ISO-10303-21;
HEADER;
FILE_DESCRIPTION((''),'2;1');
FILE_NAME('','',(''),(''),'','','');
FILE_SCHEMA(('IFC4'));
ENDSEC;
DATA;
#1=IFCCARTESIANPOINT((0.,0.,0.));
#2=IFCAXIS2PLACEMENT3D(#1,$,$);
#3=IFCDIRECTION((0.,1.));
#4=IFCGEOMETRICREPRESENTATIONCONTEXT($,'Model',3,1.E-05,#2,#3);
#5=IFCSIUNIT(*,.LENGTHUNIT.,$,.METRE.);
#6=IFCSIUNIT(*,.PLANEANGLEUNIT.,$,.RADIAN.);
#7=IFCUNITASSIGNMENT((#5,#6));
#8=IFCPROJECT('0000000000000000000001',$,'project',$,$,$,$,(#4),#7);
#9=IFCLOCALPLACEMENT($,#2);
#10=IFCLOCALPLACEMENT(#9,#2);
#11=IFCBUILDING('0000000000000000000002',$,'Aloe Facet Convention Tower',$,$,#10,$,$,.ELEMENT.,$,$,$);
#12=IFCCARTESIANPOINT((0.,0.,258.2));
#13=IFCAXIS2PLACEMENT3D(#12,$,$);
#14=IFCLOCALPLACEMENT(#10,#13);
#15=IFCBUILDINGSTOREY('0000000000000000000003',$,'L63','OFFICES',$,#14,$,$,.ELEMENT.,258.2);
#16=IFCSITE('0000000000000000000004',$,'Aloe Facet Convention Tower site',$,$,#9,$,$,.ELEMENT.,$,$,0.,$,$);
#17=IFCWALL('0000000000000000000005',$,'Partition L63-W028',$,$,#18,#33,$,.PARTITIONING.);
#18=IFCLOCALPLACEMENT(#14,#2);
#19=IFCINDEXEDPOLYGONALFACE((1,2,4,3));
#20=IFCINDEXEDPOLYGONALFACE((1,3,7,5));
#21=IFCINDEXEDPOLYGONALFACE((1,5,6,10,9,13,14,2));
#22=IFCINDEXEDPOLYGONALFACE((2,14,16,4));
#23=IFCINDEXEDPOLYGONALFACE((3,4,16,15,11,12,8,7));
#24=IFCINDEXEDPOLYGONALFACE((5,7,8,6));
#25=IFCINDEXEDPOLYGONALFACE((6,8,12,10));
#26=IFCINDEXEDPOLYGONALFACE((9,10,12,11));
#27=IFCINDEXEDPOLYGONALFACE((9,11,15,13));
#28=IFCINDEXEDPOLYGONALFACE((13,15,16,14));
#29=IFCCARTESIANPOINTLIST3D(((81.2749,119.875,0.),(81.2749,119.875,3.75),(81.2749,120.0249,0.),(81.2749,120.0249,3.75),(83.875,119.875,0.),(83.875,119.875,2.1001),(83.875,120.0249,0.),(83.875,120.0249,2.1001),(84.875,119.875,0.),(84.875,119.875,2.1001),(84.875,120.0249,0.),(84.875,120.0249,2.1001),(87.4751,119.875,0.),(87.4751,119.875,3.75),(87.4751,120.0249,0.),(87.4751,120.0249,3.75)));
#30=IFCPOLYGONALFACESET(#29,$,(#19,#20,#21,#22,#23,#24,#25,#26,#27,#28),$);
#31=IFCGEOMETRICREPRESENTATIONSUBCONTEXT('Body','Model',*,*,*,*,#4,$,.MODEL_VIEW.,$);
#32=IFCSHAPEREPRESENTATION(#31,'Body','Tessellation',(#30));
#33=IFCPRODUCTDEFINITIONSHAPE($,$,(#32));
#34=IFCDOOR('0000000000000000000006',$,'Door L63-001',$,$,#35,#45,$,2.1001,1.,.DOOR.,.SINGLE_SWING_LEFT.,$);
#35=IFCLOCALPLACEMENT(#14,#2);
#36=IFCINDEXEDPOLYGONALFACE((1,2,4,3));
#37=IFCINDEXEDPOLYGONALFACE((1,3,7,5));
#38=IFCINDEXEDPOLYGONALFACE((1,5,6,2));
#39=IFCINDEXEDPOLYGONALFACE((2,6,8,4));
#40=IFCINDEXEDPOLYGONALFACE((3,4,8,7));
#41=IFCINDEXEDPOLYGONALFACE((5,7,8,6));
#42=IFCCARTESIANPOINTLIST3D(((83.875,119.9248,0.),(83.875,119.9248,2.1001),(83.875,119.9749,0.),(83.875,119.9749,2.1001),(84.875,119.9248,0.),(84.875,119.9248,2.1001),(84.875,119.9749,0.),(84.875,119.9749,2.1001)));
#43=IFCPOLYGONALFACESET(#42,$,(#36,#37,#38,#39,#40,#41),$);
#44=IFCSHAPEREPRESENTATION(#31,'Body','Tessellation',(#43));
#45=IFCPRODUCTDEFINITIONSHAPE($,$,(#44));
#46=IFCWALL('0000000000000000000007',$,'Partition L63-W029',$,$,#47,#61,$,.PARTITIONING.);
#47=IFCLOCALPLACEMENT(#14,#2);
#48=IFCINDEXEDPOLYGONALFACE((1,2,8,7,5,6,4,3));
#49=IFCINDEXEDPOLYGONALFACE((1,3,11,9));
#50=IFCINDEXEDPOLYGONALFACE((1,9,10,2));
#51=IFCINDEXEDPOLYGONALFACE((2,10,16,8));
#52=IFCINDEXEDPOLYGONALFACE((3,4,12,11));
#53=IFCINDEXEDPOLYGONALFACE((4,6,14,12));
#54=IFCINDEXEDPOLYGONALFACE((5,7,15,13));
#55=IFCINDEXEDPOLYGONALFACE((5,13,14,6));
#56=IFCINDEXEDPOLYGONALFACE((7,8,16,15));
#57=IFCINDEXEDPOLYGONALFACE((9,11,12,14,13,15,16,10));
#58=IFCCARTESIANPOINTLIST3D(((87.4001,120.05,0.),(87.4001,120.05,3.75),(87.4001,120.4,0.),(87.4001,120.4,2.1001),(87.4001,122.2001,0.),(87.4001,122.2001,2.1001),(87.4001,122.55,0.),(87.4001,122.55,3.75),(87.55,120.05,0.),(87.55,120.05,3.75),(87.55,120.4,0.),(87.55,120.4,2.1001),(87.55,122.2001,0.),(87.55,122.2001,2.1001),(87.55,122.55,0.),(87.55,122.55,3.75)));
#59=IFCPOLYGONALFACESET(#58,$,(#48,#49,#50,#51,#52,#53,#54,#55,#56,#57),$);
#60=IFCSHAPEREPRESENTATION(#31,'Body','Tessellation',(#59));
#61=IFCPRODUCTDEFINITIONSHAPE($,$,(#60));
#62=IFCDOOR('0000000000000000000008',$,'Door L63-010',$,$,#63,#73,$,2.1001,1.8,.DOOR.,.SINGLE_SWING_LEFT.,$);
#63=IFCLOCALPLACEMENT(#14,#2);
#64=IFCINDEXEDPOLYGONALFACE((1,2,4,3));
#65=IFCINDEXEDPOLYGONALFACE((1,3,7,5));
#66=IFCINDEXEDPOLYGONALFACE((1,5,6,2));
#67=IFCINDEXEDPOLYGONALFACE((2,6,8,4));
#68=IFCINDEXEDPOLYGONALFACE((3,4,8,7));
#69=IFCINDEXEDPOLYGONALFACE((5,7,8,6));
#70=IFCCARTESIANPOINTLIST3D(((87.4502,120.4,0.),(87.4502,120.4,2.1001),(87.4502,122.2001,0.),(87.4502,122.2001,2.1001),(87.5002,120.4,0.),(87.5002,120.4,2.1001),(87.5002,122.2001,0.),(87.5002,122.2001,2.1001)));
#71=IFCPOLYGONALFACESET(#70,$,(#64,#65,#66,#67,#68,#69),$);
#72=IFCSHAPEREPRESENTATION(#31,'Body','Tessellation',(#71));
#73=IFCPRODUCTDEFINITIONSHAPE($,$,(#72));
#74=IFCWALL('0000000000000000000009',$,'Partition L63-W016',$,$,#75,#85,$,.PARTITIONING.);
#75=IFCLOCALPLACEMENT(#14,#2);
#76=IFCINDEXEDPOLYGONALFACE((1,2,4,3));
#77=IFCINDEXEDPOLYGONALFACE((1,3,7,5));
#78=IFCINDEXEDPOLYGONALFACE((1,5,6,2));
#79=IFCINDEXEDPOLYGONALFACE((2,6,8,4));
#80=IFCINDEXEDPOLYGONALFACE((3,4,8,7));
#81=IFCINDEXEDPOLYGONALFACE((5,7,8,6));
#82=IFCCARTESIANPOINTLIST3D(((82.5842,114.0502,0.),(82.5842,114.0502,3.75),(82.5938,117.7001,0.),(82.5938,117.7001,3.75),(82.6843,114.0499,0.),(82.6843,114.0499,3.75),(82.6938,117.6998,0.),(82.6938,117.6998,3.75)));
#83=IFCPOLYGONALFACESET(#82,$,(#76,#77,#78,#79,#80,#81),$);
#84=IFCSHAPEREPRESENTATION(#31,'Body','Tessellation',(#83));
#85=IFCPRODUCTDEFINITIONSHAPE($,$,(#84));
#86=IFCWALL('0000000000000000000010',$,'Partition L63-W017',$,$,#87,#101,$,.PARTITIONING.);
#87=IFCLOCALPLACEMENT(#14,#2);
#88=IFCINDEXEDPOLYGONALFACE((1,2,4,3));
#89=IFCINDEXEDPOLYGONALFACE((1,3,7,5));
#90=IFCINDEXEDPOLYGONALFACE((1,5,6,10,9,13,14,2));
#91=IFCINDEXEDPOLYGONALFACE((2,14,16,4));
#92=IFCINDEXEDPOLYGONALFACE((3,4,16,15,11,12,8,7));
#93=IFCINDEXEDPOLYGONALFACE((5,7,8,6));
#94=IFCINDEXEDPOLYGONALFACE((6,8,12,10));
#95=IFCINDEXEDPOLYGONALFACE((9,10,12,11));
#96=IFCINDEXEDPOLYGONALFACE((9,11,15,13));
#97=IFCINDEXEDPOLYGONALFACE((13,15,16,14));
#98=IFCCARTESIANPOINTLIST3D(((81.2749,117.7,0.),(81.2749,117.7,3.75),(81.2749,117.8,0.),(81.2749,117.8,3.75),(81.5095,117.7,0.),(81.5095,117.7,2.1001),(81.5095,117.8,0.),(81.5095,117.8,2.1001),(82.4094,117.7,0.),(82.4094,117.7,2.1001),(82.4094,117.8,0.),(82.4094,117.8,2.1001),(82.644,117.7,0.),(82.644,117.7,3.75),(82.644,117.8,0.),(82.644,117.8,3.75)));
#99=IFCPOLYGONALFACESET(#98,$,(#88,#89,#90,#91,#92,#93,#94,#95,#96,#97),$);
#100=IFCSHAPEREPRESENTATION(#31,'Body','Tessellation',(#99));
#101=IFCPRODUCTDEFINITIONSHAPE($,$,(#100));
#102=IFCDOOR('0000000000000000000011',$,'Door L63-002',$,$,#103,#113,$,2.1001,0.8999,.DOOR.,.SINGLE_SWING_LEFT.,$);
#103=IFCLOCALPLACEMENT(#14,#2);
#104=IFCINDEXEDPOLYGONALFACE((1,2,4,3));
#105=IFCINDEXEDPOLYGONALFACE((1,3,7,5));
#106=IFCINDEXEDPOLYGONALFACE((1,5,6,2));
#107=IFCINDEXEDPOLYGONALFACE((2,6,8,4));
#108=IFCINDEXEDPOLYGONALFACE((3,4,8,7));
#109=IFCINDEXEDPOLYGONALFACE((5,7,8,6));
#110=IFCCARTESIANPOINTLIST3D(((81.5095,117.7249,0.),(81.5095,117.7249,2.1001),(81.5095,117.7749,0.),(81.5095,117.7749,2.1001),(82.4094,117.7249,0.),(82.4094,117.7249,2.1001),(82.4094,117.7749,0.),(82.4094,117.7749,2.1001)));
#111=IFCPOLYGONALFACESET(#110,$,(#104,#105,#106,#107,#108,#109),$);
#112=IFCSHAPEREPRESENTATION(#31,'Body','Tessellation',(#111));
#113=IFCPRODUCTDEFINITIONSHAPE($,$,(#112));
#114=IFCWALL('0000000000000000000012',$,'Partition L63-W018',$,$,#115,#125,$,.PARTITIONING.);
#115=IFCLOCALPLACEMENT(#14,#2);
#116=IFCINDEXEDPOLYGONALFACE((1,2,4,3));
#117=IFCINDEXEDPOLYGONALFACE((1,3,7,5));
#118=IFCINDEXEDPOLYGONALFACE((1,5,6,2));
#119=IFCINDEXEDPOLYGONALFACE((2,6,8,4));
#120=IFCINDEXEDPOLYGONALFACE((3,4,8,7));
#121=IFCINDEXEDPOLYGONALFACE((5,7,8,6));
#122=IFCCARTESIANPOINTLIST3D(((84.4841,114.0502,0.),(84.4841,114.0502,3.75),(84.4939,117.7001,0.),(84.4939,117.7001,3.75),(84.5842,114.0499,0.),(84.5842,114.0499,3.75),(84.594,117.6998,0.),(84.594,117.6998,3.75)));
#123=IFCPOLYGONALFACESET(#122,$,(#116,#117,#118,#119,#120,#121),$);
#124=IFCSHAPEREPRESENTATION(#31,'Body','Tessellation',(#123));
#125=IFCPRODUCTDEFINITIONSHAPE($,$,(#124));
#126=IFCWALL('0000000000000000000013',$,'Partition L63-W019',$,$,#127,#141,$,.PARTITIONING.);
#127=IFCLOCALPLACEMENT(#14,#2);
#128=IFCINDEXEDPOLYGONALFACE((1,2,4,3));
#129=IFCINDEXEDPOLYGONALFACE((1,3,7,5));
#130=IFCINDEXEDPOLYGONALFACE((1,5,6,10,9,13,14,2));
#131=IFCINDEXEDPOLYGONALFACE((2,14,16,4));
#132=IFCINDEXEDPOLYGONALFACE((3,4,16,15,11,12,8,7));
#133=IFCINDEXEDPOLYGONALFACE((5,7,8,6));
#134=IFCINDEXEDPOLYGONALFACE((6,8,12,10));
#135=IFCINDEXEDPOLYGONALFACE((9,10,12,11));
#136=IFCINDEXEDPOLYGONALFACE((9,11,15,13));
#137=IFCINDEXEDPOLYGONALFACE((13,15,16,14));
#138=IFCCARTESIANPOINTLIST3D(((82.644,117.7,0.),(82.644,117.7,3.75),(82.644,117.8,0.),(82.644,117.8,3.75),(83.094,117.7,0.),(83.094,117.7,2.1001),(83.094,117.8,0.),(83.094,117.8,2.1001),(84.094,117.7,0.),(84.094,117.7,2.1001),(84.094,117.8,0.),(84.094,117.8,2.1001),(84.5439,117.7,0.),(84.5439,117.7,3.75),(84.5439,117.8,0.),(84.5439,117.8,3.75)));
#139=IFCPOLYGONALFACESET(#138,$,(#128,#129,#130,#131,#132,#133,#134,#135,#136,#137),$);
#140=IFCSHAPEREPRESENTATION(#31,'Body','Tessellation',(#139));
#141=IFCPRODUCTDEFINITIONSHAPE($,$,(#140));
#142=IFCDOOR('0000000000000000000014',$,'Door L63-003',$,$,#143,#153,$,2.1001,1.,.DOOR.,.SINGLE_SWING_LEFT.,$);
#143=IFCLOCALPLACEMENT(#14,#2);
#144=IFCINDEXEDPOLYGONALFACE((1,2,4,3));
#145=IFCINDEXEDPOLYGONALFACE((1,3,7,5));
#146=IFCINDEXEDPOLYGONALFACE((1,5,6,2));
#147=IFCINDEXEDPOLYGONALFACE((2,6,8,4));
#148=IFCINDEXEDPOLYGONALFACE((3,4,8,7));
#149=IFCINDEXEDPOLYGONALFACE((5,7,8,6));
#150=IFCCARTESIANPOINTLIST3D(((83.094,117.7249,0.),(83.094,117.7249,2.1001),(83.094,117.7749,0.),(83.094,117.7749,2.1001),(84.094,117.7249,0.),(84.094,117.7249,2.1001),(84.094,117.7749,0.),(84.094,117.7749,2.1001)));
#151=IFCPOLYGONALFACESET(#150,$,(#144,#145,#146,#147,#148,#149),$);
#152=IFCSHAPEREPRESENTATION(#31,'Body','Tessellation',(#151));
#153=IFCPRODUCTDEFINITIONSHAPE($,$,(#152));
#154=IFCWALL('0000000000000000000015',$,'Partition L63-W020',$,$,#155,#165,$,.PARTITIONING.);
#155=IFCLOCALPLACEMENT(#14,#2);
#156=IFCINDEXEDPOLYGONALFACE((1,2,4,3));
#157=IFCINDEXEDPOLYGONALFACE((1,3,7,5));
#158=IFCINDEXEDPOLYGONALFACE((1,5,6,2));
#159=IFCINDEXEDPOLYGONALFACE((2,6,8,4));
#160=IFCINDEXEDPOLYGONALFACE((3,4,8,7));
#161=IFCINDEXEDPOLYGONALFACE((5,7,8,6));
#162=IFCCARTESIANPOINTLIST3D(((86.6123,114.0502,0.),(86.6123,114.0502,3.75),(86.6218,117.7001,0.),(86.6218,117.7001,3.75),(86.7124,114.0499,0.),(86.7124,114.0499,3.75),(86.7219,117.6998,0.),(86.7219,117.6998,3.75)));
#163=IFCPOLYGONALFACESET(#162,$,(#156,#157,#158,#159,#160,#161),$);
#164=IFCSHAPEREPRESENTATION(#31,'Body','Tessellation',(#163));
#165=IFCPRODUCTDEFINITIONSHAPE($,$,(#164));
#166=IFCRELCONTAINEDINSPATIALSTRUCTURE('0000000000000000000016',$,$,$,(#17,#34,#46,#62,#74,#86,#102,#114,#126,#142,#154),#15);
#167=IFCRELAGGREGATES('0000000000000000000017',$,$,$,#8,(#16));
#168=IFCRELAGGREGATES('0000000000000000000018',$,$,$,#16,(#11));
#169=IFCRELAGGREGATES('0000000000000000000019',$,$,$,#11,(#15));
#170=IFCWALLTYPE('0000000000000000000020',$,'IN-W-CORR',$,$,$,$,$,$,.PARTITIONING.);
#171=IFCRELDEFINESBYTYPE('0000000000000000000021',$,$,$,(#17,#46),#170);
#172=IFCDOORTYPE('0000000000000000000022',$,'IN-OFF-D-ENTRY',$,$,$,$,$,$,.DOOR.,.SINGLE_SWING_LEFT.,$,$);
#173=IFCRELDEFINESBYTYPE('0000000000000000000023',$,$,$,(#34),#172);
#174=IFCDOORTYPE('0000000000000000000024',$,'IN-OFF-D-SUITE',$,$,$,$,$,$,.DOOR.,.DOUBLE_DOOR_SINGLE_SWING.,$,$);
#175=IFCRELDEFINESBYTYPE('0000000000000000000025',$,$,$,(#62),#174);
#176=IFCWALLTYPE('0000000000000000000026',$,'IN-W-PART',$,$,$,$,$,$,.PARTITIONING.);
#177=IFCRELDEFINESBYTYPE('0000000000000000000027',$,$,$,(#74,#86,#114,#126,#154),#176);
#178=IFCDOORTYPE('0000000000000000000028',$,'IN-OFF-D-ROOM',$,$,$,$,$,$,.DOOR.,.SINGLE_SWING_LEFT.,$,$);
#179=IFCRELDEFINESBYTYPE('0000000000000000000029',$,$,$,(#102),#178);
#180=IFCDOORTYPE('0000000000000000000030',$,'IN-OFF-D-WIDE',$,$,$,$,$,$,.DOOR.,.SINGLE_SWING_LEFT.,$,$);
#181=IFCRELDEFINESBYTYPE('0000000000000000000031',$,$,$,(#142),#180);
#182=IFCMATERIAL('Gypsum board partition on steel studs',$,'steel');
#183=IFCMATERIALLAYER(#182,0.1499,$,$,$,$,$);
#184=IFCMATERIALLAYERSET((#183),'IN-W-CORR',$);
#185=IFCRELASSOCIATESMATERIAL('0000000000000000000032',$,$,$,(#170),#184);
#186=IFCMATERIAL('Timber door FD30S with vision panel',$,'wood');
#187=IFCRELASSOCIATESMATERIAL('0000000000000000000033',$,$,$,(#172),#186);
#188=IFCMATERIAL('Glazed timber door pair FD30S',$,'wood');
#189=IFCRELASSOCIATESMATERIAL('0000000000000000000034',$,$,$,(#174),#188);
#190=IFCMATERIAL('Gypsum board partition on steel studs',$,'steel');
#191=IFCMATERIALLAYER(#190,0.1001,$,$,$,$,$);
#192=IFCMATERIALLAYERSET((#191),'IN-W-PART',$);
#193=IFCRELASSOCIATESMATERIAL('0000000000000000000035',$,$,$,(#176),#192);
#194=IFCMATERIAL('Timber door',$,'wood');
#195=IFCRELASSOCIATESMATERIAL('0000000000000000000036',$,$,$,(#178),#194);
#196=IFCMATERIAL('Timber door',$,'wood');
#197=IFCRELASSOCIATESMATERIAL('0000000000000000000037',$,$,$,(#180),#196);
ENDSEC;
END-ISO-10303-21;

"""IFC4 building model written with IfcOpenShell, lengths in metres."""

from ifc_helpers import new_model, si_unit, direction, frame, frame_2d, origin, place, context, subcontext, project, spatial, rectangle, extrude, material, layer, layer_set, type_object, element, fill, save


model = new_model("IFC4")

# Units and contexts
model_context = context("Model", 3, precision=1e-05, world=origin(), true_north=direction((0.0, 1.0)))
body_context = subcontext(model_context, "Body", "Model", "MODEL_VIEW")
ifc_project = project(units=[si_unit("LENGTHUNIT", "METRE"), si_unit("PLANEANGLEUNIT", "RADIAN")], contexts=[model_context])

# Site, building, storey
site_placement = place(None, origin())
site = spatial("IfcSite", under=ifc_project, at=site_placement, Name="Aloe Facet Convention Tower site", CompositionType="ELEMENT", RefElevation=0.0)
building_placement = place(site_placement, origin())
building = spatial("IfcBuilding", under=site, at=building_placement, Name="Aloe Facet Convention Tower", CompositionType="ELEMENT")
storey_placement = place(building_placement, frame((0.0, 0.0, 258.2)))
storey = spatial("IfcBuildingStorey", under=building, at=storey_placement, Name="L63", Description="OFFICES", CompositionType="ELEMENT", Elevation=258.2)

# Shared definitions
ifc_material_1 = material(Name="Gypsum board partition on steel studs", Category="steel")
ifc_layer_1 = layer(ifc_material_1, 0.1499)
ifc_layer_set_1 = layer_set([ifc_layer_1], Name="IN-W-CORR")
wall_type_1 = type_object("IfcWallType", Name="IN-W-CORR", PredefinedType="PARTITIONING", material=ifc_layer_set_1)

# Walls, openings, doors
wall_1_placement = place(storey_placement, frame((81.2749, 119.95, 0.0), z_axis=(0.0, 0.0, 1.0), x_axis=(1.0, 0.0, 0.0)))
wall_1 = element("IfcWall", 1, at=wall_1_placement, inside=storey, type_object=wall_type_1, Name="Partition L63-W028", PredefinedType="PARTITIONING", context=body_context, shape_type="SweptSolid", body=[
    extrude(rectangle(XDim=6.2002, YDim=0.1499, at=frame_2d((3.1001, 0.0))), origin(), (0.0, 0.0, 1.0), 3.75),
])
opening_1_placement = place(wall_1_placement, frame((2.6001, 0.0, 0.0)))
opening_1 = element("IfcOpeningElement", 2, at=opening_1_placement, cuts=wall_1, PredefinedType="OPENING", context=body_context, shape_type="SweptSolid", body=[
    extrude(rectangle(XDim=1.0, YDim=2.1001, at=frame_2d((0.5, 1.05))), frame((0.0, 0.085, 0.0), z_axis=(0.0, -1.0, 0.0), x_axis=(1.0, 0.0, 0.0)), (0.0, 0.0, 1.0), 0.1699),
])
ifc_material_2 = material(Name="Timber door FD30S with vision panel", Category="wood")
door_type_1 = type_object("IfcDoorType", Name="IN-OFF-D-ENTRY", OperationType="SINGLE_SWING_LEFT", PredefinedType="DOOR", material=ifc_material_2)
door_1_placement = place(opening_1_placement, origin())
door_1 = element("IfcDoor", 3, at=door_1_placement, inside=storey, type_object=door_type_1, Name="Door L63-001", OperationType="SINGLE_SWING_LEFT", OverallHeight=2.1001, OverallWidth=1.0, PredefinedType="DOOR", context=body_context, shape_type="SweptSolid", body=[
    extrude(rectangle(XDim=1.0, YDim=2.1001, at=frame_2d((0.5, 1.05))), frame((0.0, 0.0249, 0.0), z_axis=(0.0, -1.0, 0.0), x_axis=(1.0, 0.0, 0.0)), (0.0, 0.0, 1.0), 0.05),
])
fill(opening_1, door_1)
wall_2_placement = place(storey_placement, frame((87.4751, 120.05, 0.0), z_axis=(0.0, 0.0, 1.0), x_axis=(0.0, 1.0, 0.0)))
wall_2 = element("IfcWall", 4, at=wall_2_placement, inside=storey, type_object=wall_type_1, Name="Partition L63-W029", PredefinedType="PARTITIONING", context=body_context, shape_type="SweptSolid", body=[
    extrude(rectangle(XDim=2.5, YDim=0.1499, at=frame_2d((1.25, 0.0))), origin(), (0.0, 0.0, 1.0), 3.75),
])
opening_2_placement = place(wall_2_placement, frame((0.3501, 0.0, 0.0)))
opening_2 = element("IfcOpeningElement", 5, at=opening_2_placement, cuts=wall_2, PredefinedType="OPENING", context=body_context, shape_type="SweptSolid", body=[
    extrude(rectangle(XDim=1.8, YDim=2.1001, at=frame_2d((0.8999, 1.05))), frame((0.0, 0.085, 0.0), z_axis=(0.0, -1.0, 0.0), x_axis=(1.0, 0.0, 0.0)), (0.0, 0.0, 1.0), 0.1699),
])
ifc_material_3 = material(Name="Glazed timber door pair FD30S", Category="wood")
door_type_2 = type_object("IfcDoorType", Name="IN-OFF-D-SUITE", OperationType="DOUBLE_DOOR_SINGLE_SWING", PredefinedType="DOOR", material=ifc_material_3)
door_2_placement = place(opening_2_placement, origin())
door_2 = element("IfcDoor", 6, at=door_2_placement, inside=storey, type_object=door_type_2, Name="Door L63-010", OperationType="SINGLE_SWING_LEFT", OverallHeight=2.1001, OverallWidth=1.8, PredefinedType="DOOR", context=body_context, shape_type="SweptSolid", body=[
    extrude(rectangle(XDim=1.8, YDim=2.1001, at=frame_2d((0.8999, 1.05))), frame((0.0, 0.0249, 0.0), z_axis=(0.0, -1.0, 0.0), x_axis=(1.0, 0.0, 0.0)), (0.0, 0.0, 1.0), 0.05),
])
fill(opening_2, door_2)

# Wall
ifc_material_4 = material(Name="Gypsum board partition on steel studs", Category="steel")
ifc_layer_2 = layer(ifc_material_4, 0.1001)
ifc_layer_set_2 = layer_set([ifc_layer_2], Name="IN-W-PART")
wall_type_2 = type_object("IfcWallType", Name="IN-W-PART", PredefinedType="PARTITIONING", material=ifc_layer_set_2)
wall_3_placement = place(storey_placement, frame((82.6343, 114.05, 0.0), z_axis=(0.0, 0.0, 1.0), x_axis=(0.002609, 0.999997, 0.0)))
element("IfcWall", 7, at=wall_3_placement, inside=storey, type_object=wall_type_2, Name="Partition L63-W016", PredefinedType="PARTITIONING", context=body_context, shape_type="SweptSolid", body=[
    extrude(rectangle(XDim=3.6499, YDim=0.1001, at=frame_2d((1.825, 0.0))), origin(), (0.0, 0.0, 1.0), 3.75),
])

# Wall, opening, door
wall_4_placement = place(storey_placement, frame((81.2749, 117.75, 0.0), z_axis=(0.0, 0.0, 1.0), x_axis=(1.0, 0.0, 0.0)))
wall_4 = element("IfcWall", 8, at=wall_4_placement, inside=storey, type_object=wall_type_2, Name="Partition L63-W017", PredefinedType="PARTITIONING", context=body_context, shape_type="SweptSolid", body=[
    extrude(rectangle(XDim=1.3691, YDim=0.1001, at=frame_2d((0.6846, 0.0))), origin(), (0.0, 0.0, 1.0), 3.75),
])
opening_3_placement = place(wall_4_placement, frame((0.2346, 0.0, 0.0)))
opening_3 = element("IfcOpeningElement", 9, at=opening_3_placement, cuts=wall_4, PredefinedType="OPENING", context=body_context, shape_type="SweptSolid", body=[
    extrude(rectangle(XDim=0.8999, YDim=2.1001, at=frame_2d((0.45, 1.05))), frame((0.0, 0.0601, 0.0), z_axis=(0.0, -1.0, 0.0), x_axis=(1.0, 0.0, 0.0)), (0.0, 0.0, 1.0), 0.1201),
])
ifc_material_5 = material(Name="Timber door", Category="wood")
door_type_3 = type_object("IfcDoorType", Name="IN-OFF-D-ROOM", OperationType="SINGLE_SWING_LEFT", PredefinedType="DOOR", material=ifc_material_5)
door_3_placement = place(opening_3_placement, origin())
door_3 = element("IfcDoor", 10, at=door_3_placement, inside=storey, type_object=door_type_3, Name="Door L63-002", OperationType="SINGLE_SWING_LEFT", OverallHeight=2.1001, OverallWidth=0.8999, PredefinedType="DOOR", context=body_context, shape_type="SweptSolid", body=[
    extrude(rectangle(XDim=0.8999, YDim=2.1001, at=frame_2d((0.45, 1.05))), frame((0.0, 0.0249, 0.0), z_axis=(0.0, -1.0, 0.0), x_axis=(1.0, 0.0, 0.0)), (0.0, 0.0, 1.0), 0.05),
])
fill(opening_3, door_3)

# Wall
wall_5_placement = place(storey_placement, frame((84.5342, 114.05, 0.0), z_axis=(0.0, 0.0, 1.0), x_axis=(0.002676, 0.999996, 0.0)))
element("IfcWall", 11, at=wall_5_placement, inside=storey, type_object=wall_type_2, Name="Partition L63-W018", PredefinedType="PARTITIONING", context=body_context, shape_type="SweptSolid", body=[
    extrude(rectangle(XDim=3.6499, YDim=0.1001, at=frame_2d((1.825, 0.0))), origin(), (0.0, 0.0, 1.0), 3.75),
])

# Wall, opening, door
wall_6_placement = place(storey_placement, frame((82.644, 117.75, 0.0), z_axis=(0.0, 0.0, 1.0), x_axis=(1.0, 0.0, 0.0)))
wall_6 = element("IfcWall", 12, at=wall_6_placement, inside=storey, type_object=wall_type_2, Name="Partition L63-W019", PredefinedType="PARTITIONING", context=body_context, shape_type="SweptSolid", body=[
    extrude(rectangle(XDim=1.8999, YDim=0.1001, at=frame_2d((0.95, 0.0))), origin(), (0.0, 0.0, 1.0), 3.75),
])
opening_4_placement = place(wall_6_placement, frame((0.45, 0.0, 0.0)))
opening_4 = element("IfcOpeningElement", 13, at=opening_4_placement, cuts=wall_6, PredefinedType="OPENING", context=body_context, shape_type="SweptSolid", body=[
    extrude(rectangle(XDim=1.0, YDim=2.1001, at=frame_2d((0.5, 1.05))), frame((0.0, 0.0601, 0.0), z_axis=(0.0, -1.0, 0.0), x_axis=(1.0, 0.0, 0.0)), (0.0, 0.0, 1.0), 0.1201),
])
ifc_material_6 = material(Name="Timber door", Category="wood")
door_type_4 = type_object("IfcDoorType", Name="IN-OFF-D-WIDE", OperationType="SINGLE_SWING_LEFT", PredefinedType="DOOR", material=ifc_material_6)
door_4_placement = place(opening_4_placement, origin())
door_4 = element("IfcDoor", 14, at=door_4_placement, inside=storey, type_object=door_type_4, Name="Door L63-003", OperationType="SINGLE_SWING_LEFT", OverallHeight=2.1001, OverallWidth=1.0, PredefinedType="DOOR", context=body_context, shape_type="SweptSolid", body=[
    extrude(rectangle(XDim=1.0, YDim=2.1001, at=frame_2d((0.5, 1.05))), frame((0.0, 0.0249, 0.0), z_axis=(0.0, -1.0, 0.0), x_axis=(1.0, 0.0, 0.0)), (0.0, 0.0, 1.0), 0.05),
])
fill(opening_4, door_4)

# Wall
wall_7_placement = place(storey_placement, frame((86.6624, 114.05, 0.0), z_axis=(0.0, 0.0, 1.0), x_axis=(0.002609, 0.999997, 0.0)))
element("IfcWall", 15, at=wall_7_placement, inside=storey, type_object=wall_type_2, Name="Partition L63-W020", PredefinedType="PARTITIONING", context=body_context, shape_type="SweptSolid", body=[
    extrude(rectangle(XDim=3.6499, YDim=0.1001, at=frame_2d((1.825, 0.0))), origin(), (0.0, 0.0, 1.0), 3.75),
])

save(model, "model.ifc")
